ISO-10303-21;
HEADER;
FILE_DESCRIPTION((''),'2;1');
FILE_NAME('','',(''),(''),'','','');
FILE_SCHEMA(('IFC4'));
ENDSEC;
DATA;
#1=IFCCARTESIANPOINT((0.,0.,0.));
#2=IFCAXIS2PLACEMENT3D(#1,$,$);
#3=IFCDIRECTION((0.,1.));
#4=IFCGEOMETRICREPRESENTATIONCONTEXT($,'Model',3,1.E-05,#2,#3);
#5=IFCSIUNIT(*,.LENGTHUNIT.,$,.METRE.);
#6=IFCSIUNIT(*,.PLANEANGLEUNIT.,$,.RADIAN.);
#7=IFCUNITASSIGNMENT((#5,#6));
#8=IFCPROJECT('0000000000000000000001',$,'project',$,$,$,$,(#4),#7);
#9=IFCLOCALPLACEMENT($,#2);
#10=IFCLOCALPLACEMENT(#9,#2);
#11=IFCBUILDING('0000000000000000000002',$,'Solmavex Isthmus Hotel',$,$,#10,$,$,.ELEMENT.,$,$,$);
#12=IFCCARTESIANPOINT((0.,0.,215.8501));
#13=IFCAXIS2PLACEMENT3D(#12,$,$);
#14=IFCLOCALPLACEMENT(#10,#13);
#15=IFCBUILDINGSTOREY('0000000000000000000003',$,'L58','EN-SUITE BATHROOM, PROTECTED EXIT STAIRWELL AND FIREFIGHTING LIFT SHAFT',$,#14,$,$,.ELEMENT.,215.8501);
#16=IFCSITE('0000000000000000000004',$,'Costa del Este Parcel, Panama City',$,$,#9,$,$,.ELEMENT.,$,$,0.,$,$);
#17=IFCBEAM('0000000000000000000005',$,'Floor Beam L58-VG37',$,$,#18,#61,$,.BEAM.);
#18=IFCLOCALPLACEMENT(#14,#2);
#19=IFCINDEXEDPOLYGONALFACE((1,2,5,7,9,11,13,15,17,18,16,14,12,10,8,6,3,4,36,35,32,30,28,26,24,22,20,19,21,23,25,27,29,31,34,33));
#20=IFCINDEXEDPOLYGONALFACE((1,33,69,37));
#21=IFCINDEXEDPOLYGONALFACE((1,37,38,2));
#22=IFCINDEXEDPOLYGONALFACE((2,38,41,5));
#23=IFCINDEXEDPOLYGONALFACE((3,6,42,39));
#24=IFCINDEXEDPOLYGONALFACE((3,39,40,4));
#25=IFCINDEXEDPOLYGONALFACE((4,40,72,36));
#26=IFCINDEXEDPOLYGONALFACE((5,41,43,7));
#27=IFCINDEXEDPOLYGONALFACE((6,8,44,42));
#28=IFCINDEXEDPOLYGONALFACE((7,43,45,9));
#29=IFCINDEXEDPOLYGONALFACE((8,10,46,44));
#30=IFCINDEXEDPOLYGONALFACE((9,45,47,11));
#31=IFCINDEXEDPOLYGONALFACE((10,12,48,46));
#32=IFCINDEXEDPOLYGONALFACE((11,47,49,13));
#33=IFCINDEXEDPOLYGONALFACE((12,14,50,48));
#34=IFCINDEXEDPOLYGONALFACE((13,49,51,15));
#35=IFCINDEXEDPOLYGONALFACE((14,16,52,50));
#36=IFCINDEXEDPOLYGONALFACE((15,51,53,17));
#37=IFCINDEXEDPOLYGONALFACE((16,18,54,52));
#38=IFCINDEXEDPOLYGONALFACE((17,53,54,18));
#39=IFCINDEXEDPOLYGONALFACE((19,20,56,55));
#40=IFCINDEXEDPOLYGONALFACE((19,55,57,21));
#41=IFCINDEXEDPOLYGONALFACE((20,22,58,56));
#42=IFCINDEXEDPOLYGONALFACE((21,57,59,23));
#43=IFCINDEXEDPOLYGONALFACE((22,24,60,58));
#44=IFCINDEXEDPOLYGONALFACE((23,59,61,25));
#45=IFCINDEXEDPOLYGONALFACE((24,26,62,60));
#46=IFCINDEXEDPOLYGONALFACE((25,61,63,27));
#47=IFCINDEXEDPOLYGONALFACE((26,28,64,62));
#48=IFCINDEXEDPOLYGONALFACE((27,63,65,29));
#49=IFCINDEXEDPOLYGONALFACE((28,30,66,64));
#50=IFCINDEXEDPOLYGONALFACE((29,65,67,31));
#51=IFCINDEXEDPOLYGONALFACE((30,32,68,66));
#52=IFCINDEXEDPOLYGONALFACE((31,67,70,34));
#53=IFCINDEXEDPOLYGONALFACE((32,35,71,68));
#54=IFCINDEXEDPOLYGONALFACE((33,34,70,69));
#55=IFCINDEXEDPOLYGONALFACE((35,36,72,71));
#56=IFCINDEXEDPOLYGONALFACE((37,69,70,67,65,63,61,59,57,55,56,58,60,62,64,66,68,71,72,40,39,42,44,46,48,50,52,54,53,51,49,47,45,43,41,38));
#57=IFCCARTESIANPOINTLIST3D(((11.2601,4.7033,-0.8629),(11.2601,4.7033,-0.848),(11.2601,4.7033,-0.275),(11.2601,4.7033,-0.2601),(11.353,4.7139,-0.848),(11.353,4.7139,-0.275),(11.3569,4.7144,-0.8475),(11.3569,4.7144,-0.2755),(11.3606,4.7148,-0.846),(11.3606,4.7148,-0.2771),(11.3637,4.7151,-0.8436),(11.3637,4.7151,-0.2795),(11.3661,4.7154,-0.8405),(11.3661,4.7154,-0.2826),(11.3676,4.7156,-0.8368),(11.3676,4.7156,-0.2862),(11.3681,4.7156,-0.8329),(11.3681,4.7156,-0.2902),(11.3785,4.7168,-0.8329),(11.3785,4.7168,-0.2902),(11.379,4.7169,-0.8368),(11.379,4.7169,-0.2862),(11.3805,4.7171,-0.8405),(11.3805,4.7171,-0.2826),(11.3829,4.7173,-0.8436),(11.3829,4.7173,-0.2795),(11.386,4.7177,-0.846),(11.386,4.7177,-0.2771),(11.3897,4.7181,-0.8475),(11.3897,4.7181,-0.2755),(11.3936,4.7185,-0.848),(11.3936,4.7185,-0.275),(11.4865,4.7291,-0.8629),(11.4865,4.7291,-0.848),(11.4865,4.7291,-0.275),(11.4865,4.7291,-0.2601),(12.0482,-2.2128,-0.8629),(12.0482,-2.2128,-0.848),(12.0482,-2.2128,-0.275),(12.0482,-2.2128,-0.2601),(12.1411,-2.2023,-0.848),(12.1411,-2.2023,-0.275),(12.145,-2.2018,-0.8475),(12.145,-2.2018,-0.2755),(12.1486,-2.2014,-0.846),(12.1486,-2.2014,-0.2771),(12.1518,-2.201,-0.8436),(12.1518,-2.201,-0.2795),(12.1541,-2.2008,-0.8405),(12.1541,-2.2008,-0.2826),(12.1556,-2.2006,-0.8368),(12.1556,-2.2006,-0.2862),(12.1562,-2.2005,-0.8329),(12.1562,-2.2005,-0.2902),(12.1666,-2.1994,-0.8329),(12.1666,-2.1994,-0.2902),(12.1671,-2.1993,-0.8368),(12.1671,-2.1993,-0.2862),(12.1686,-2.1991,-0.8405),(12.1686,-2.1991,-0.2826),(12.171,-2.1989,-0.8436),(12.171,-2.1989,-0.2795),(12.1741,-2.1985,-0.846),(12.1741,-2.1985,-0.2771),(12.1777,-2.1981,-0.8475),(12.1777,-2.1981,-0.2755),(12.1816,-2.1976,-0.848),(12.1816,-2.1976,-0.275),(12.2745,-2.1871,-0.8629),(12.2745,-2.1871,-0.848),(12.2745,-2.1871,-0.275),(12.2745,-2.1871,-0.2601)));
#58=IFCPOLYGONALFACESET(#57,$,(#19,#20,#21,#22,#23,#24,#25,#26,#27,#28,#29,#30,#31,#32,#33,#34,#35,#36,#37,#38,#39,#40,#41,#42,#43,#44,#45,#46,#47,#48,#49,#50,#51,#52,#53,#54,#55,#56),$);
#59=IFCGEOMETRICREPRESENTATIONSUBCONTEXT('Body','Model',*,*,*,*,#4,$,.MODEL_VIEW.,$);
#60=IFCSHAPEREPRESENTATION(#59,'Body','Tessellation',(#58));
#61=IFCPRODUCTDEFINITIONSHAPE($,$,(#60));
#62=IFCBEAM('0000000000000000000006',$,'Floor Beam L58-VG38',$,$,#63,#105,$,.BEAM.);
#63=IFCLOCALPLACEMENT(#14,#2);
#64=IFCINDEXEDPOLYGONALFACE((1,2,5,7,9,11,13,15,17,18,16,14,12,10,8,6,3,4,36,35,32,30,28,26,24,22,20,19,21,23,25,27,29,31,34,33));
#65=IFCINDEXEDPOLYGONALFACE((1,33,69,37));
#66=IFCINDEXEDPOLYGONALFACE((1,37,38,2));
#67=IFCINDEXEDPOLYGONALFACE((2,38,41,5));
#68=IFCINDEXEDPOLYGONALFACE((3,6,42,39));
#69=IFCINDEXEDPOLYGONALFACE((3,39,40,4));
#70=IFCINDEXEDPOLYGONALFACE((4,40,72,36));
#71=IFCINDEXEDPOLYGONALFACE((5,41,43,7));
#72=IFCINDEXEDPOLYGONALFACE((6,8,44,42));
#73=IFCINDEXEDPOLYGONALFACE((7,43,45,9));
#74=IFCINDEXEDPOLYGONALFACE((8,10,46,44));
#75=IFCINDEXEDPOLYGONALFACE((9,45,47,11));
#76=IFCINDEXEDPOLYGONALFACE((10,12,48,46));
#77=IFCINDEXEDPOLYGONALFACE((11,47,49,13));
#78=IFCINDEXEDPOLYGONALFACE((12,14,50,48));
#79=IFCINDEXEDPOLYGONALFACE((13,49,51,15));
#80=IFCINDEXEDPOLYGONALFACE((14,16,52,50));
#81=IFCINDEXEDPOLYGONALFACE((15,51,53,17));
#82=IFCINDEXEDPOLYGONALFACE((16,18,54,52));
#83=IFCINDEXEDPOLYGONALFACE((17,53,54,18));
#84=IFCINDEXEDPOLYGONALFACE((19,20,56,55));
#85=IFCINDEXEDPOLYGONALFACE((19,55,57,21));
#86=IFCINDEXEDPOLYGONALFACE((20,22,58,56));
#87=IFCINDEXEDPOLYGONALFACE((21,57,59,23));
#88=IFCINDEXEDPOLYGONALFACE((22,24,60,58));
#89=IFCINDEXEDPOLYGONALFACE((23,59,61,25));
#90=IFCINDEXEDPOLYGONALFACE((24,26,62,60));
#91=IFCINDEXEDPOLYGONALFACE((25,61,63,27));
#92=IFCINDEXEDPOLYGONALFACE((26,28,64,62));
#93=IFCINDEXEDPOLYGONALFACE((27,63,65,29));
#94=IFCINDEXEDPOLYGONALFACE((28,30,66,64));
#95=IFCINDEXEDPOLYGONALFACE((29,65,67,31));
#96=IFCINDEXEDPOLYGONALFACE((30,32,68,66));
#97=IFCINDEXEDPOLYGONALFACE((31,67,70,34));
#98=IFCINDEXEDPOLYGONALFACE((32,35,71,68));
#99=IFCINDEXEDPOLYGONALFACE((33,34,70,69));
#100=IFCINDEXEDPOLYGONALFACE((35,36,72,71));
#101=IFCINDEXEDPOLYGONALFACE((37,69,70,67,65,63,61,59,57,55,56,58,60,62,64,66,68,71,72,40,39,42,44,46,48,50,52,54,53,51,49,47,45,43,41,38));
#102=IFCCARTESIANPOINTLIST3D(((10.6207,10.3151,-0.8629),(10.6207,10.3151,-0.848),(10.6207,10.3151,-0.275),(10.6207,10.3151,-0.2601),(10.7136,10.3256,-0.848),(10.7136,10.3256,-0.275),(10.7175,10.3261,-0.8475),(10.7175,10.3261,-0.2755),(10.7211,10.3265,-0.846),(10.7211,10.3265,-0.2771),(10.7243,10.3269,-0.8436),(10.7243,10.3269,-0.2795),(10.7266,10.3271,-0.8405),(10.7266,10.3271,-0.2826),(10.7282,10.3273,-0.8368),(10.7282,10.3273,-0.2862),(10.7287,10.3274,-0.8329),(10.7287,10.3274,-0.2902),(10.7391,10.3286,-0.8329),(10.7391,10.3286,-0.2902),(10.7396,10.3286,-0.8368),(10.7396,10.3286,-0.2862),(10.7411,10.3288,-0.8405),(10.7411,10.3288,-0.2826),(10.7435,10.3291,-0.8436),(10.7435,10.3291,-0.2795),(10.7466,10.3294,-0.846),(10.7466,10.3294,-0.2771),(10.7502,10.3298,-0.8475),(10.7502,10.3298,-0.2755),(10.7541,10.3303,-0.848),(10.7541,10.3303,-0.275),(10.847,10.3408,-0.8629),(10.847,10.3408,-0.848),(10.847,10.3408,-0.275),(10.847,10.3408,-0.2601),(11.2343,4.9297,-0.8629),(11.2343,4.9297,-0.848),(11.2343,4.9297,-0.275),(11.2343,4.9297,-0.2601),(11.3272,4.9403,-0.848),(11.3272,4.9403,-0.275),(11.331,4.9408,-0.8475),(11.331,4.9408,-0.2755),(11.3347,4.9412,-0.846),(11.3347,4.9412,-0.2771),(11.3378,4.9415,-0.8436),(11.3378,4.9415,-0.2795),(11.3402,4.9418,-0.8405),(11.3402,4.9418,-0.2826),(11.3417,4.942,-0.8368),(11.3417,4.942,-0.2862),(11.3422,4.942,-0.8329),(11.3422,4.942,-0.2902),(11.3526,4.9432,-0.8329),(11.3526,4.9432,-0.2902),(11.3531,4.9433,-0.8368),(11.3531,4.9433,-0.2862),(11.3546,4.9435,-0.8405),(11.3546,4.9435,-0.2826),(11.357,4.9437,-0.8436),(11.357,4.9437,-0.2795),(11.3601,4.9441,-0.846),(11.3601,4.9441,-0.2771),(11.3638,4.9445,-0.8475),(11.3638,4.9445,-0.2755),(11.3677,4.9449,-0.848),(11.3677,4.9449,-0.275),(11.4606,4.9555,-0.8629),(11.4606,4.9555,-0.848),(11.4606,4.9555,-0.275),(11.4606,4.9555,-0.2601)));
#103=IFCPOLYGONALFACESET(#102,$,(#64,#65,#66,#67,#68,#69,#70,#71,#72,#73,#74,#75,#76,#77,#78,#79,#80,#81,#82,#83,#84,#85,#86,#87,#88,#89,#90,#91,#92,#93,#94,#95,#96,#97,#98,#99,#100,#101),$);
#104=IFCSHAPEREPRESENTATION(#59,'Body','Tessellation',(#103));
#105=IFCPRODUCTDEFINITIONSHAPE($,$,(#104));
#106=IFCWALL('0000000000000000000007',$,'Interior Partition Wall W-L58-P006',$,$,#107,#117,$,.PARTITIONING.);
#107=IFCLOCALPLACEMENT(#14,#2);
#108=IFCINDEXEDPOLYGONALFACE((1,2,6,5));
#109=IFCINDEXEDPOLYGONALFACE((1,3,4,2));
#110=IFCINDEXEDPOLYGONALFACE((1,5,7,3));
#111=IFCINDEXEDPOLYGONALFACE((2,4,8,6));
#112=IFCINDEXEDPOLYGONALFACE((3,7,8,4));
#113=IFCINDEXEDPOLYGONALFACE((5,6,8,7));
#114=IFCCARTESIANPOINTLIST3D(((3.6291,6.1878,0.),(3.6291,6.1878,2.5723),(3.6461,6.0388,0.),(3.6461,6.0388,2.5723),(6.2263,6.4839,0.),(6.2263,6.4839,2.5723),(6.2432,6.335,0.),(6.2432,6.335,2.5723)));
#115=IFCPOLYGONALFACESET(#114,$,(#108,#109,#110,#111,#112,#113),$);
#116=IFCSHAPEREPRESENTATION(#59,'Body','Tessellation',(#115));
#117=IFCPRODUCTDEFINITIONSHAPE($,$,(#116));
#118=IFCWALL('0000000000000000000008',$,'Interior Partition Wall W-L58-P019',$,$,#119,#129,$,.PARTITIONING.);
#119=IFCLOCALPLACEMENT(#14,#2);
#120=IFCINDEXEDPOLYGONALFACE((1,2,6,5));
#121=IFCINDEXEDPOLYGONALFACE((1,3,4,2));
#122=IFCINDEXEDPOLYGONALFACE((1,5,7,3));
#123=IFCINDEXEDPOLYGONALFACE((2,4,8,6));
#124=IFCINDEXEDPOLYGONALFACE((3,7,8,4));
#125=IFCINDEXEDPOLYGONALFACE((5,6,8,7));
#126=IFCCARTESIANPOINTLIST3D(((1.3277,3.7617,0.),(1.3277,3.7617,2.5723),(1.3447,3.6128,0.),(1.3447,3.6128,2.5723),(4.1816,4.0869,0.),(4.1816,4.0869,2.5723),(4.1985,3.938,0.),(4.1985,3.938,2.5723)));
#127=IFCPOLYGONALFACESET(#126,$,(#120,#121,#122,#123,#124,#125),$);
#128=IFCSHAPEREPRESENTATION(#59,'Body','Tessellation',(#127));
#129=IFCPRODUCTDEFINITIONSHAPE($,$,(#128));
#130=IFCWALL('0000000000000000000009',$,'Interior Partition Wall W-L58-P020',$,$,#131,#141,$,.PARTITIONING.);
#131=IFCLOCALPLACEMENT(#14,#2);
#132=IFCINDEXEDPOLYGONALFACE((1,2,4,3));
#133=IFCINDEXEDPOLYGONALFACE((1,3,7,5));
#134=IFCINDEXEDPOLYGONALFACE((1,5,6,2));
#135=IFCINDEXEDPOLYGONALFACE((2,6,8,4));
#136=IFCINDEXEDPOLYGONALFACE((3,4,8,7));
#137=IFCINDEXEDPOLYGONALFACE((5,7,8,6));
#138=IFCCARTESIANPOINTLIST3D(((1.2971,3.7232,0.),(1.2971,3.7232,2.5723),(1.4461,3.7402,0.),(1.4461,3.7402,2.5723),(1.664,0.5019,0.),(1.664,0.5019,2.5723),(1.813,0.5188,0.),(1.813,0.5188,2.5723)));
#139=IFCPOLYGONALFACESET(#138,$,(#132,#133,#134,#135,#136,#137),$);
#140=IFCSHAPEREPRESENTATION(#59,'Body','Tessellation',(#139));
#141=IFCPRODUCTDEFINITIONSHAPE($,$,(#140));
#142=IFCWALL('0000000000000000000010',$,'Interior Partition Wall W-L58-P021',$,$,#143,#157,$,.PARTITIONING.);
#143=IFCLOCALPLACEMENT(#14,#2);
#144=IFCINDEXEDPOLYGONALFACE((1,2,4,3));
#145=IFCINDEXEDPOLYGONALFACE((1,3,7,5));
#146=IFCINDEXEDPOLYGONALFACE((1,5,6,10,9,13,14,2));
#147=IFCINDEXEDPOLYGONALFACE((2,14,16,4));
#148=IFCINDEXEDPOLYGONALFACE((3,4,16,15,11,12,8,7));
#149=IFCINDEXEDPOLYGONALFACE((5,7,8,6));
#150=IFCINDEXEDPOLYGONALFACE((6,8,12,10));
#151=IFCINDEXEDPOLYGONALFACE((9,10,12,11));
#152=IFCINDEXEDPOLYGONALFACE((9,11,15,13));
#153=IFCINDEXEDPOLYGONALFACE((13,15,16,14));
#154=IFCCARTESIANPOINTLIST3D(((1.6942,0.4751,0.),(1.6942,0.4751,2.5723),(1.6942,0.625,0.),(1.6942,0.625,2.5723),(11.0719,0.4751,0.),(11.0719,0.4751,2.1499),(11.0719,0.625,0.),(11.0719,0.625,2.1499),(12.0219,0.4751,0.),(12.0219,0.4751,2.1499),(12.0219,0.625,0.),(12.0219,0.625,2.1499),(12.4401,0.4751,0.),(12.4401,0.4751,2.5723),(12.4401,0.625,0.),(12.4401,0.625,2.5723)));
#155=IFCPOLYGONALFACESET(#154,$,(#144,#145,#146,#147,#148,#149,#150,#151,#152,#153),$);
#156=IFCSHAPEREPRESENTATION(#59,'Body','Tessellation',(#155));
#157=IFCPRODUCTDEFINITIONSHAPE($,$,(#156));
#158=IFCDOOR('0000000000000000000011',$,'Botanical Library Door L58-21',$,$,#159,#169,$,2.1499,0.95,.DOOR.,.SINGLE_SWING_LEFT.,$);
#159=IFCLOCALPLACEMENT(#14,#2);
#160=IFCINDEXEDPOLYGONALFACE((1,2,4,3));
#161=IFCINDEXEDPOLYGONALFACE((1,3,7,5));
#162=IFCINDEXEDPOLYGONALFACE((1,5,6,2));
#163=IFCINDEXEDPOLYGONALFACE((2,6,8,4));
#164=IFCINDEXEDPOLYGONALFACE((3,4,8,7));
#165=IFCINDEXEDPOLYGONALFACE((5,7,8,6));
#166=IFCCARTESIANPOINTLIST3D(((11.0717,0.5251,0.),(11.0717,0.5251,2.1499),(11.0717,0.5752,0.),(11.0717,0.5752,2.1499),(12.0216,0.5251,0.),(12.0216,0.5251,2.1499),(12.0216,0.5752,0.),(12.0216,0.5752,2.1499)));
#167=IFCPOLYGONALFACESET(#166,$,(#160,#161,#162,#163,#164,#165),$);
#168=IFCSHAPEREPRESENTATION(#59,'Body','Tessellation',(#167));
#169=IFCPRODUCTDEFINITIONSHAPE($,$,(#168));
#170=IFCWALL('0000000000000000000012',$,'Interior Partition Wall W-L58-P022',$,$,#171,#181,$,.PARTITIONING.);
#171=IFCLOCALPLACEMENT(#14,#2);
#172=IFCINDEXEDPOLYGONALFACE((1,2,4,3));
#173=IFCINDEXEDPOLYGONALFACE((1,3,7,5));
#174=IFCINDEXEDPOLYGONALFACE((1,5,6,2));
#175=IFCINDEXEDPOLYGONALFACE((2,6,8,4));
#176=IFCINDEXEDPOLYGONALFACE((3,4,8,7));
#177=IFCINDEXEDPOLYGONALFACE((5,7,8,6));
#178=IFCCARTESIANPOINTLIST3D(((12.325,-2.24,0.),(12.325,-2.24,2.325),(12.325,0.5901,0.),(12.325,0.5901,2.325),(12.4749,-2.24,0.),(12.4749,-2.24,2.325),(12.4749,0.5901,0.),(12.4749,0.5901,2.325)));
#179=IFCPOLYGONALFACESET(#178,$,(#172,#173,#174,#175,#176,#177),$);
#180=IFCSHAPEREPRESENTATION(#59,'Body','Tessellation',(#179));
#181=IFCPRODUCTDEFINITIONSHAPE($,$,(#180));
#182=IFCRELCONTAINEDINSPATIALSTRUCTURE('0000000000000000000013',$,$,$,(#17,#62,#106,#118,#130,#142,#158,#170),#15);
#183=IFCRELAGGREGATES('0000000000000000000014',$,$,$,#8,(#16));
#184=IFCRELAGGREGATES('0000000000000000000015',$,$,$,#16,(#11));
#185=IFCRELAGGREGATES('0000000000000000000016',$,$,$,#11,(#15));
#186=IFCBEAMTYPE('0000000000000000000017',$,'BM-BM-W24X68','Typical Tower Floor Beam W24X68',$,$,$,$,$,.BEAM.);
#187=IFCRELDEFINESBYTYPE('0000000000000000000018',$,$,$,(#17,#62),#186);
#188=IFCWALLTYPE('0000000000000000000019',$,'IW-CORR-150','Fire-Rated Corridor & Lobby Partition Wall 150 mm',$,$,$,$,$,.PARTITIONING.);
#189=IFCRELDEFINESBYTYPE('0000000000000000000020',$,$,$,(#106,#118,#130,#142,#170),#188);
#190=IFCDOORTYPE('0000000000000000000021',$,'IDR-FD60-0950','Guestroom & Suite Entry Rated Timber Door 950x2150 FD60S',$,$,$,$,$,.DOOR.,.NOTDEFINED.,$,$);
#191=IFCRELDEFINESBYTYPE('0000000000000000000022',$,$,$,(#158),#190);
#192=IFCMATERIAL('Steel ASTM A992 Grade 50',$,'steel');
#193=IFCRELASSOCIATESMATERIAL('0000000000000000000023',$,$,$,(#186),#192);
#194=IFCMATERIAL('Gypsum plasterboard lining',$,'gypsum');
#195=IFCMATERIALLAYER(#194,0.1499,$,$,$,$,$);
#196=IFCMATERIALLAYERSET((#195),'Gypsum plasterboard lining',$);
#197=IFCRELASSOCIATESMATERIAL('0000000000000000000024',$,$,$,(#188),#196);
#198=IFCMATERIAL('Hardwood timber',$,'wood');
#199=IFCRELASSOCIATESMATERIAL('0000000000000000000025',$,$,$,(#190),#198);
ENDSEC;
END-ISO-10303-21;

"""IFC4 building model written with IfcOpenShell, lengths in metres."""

from ifc_helpers import new_model, si_unit, direction, frame, frame_2d, origin, origin_2d, place, context, subcontext, project, spatial, rectangle, i_section, extrude, material, layer, layer_set, material_profile, profile_set, type_object, element, fill, save


model = new_model("IFC4")

# Units and contexts
model_context = context("Model", 3, precision=1e-05, world=origin(), true_north=direction((0.0, 1.0)))
body_context = subcontext(model_context, "Body", "Model", "MODEL_VIEW")
ifc_project = project(units=[si_unit("LENGTHUNIT", "METRE"), si_unit("PLANEANGLEUNIT", "RADIAN")], contexts=[model_context])

# Site, building, storey
site_placement = place(None, origin())
site = spatial("IfcSite", under=ifc_project, at=site_placement, Name="Costa del Este Parcel, Panama City", CompositionType="ELEMENT", RefElevation=0.0)
building_placement = place(site_placement, origin())
building = spatial("IfcBuilding", under=site, at=building_placement, Name="Solmavex Isthmus Hotel", CompositionType="ELEMENT")
storey_placement = place(building_placement, frame((0.0, 0.0, 215.8501)))
storey = spatial("IfcBuildingStorey", under=building, at=storey_placement, Name="L58", Description="EN-SUITE BATHROOM, PROTECTED EXIT STAIRWELL AND FIREFIGHTING LIFT SHAFT", CompositionType="ELEMENT", Elevation=215.8501)

# Beams
ifc_material_1 = material(Name="Steel ASTM A992 Grade 50", Category="steel")
ifc_material_profile_1 = material_profile(ifc_material_1, i_section(OverallWidth=0.2278, OverallDepth=0.6028, WebThickness=0.0105, FlangeThickness=0.0149, FilletRadius=0.0151, at=origin_2d()), Name="W24X68")
ifc_profile_set_1 = profile_set([ifc_material_profile_1], Name="Steel ASTM A992 Grade 50")
beam_type_1 = type_object("IfcBeamType", Name="BM-BM-W24X68", Description="Typical Tower Floor Beam W24X68", PredefinedType="BEAM", material=ifc_profile_set_1)
beam_1_placement = place(storey_placement, frame((12.1614, -2.2, -0.5615), z_axis=(-0.113214, 0.993571, 0.0), x_axis=(-0.993571, -0.113214, 0.0)))
element("IfcBeam", 1, at=beam_1_placement, inside=storey, type_object=beam_type_1, Name="Floor Beam L58-VG37", PredefinedType="BEAM", context=body_context, shape_type="SweptSolid", body=[
    extrude(i_section(OverallWidth=0.2278, OverallDepth=0.6028, WebThickness=0.0105, FlangeThickness=0.0149, FilletRadius=0.0151, at=origin_2d()), origin(), (0.0, 0.0, 1.0), 6.9609),
])
beam_2_placement = place(storey_placement, frame((11.3474, 4.9426, -0.5615), z_axis=(-0.113195, 0.993573, 0.0), x_axis=(-0.993573, -0.113195, 0.0)))
element("IfcBeam", 2, at=beam_2_placement, inside=storey, type_object=beam_type_1, Name="Floor Beam L58-VG38", PredefinedType="BEAM", context=body_context, shape_type="SweptSolid", body=[
    extrude(i_section(OverallWidth=0.2278, OverallDepth=0.6028, WebThickness=0.0105, FlangeThickness=0.0149, FilletRadius=0.0151, at=origin_2d()), origin(), (0.0, 0.0, 1.0), 5.4202),
])

# Shared definitions
ifc_material_2 = material(Name="Gypsum plasterboard lining", Category="gypsum")
ifc_layer_1 = layer(ifc_material_2, 0.1499)
ifc_layer_set_1 = layer_set([ifc_layer_1], Name="Gypsum plasterboard lining")
wall_type_1 = type_object("IfcWallType", Name="IW-CORR-150", Description="Fire-Rated Corridor & Lobby Partition Wall 150 mm", PredefinedType="PARTITIONING", material=ifc_layer_set_1)
ifc_material_3 = material(Name="Hardwood timber", Category="wood")
door_type_1 = type_object("IfcDoorType", Name="IDR-FD60-0950", Description="Guestroom & Suite Entry Rated Timber Door 950x2150 FD60S", OperationType="NOTDEFINED", PredefinedType="DOOR", material=ifc_material_3)

# Walls
wall_1_placement = place(storey_placement, frame((3.6375, 6.1133, 0.0), z_axis=(0.0, 0.0, 1.0), x_axis=(0.993562, 0.113291, 0.0)))
element("IfcWall", 3, at=wall_1_placement, inside=storey, type_object=wall_type_1, Name="Interior Partition Wall W-L58-P006", PredefinedType="PARTITIONING", context=body_context, shape_type="SweptSolid", body=[
    extrude(rectangle(XDim=2.614, YDim=0.1499, at=frame_2d((1.3071, 0.0))), origin(), (0.0, 0.0, 1.0), 2.5723),
])
wall_2_placement = place(storey_placement, frame((4.1899, 4.0125, 0.0), z_axis=(0.0, 0.0, 1.0), x_axis=(-0.99357, -0.113221, 0.0)))
element("IfcWall", 4, at=wall_2_placement, inside=storey, type_object=wall_type_1, Name="Interior Partition Wall W-L58-P019", PredefinedType="PARTITIONING", context=body_context, shape_type="SweptSolid", body=[
    extrude(rectangle(XDim=2.8723, YDim=0.1499, at=frame_2d((1.436, 0.0))), origin(), (0.0, 0.0, 1.0), 2.5723),
])
wall_3_placement = place(storey_placement, frame((1.3716, 3.7317, 0.0), z_axis=(0.0, 0.0, 1.0), x_axis=(0.113175, -0.993575, 0.0)))
element("IfcWall", 5, at=wall_3_placement, inside=storey, type_object=wall_type_1, Name="Interior Partition Wall W-L58-P020", PredefinedType="PARTITIONING", context=body_context, shape_type="SweptSolid", body=[
    extrude(rectangle(XDim=3.2422, YDim=0.1499, at=frame_2d((1.6211, 0.0))), origin(), (0.0, 0.0, 1.0), 2.5723),
])

# Wall, opening, door
wall_4_placement = place(storey_placement, frame((1.6941, 0.55, 0.0), z_axis=(0.0, 0.0, 1.0), x_axis=(1.0, 0.0, 0.0)))
wall_4 = element("IfcWall", 6, at=wall_4_placement, inside=storey, type_object=wall_type_1, Name="Interior Partition Wall W-L58-P021", PredefinedType="PARTITIONING", context=body_context, shape_type="SweptSolid", body=[
    extrude(rectangle(XDim=10.7458, YDim=0.1499, at=frame_2d((5.373, 0.0))), origin(), (0.0, 0.0, 1.0), 2.5723),
])
opening_1_placement = place(wall_4_placement, frame((9.3777, 0.0, 0.0)))
opening_1 = element("IfcOpeningElement", 7, at=opening_1_placement, cuts=wall_4, PredefinedType="OPENING", context=body_context, shape_type="SweptSolid", body=[
    extrude(rectangle(XDim=0.95, YDim=2.1499, at=frame_2d((0.4751, 1.075))), frame((0.0, 0.085, 0.0), z_axis=(0.0, -1.0, 0.0), x_axis=(1.0, 0.0, 0.0)), (0.0, 0.0, 1.0), 0.1699),
])
door_1_placement = place(opening_1_placement, frame((0.95, 0.0, 0.0), z_axis=(0.0, 0.0, 1.0), x_axis=(-1.0, 0.0, 0.0)))
door_1 = element("IfcDoor", 8, at=door_1_placement, inside=storey, type_object=door_type_1, Name="Botanical Library Door L58-21", OperationType="SINGLE_SWING_LEFT", OverallHeight=2.1499, OverallWidth=0.95, PredefinedType="DOOR", context=body_context, shape_type="SweptSolid", body=[
    extrude(rectangle(XDim=0.95, YDim=2.1499, at=frame_2d((0.4751, 1.075))), frame((0.0, 0.0249, 0.0), z_axis=(0.0, -1.0, 0.0), x_axis=(1.0, 0.0, 0.0)), (0.0, 0.0, 1.0), 0.05),
])
fill(opening_1, door_1)

# Wall
wall_5_placement = place(storey_placement, frame((12.3999, 0.5901, 0.0), z_axis=(0.0, 0.0, 1.0), x_axis=(0.0, -1.0, 0.0)))
element("IfcWall", 9, at=wall_5_placement, inside=storey, type_object=wall_type_1, Name="Interior Partition Wall W-L58-P022", PredefinedType="PARTITIONING", context=body_context, shape_type="SweptSolid", body=[
    extrude(rectangle(XDim=2.8301, YDim=0.1499, at=frame_2d((1.415, 0.0))), origin(), (0.0, 0.0, 1.0), 2.325),
])

save(model, "model.ifc")
